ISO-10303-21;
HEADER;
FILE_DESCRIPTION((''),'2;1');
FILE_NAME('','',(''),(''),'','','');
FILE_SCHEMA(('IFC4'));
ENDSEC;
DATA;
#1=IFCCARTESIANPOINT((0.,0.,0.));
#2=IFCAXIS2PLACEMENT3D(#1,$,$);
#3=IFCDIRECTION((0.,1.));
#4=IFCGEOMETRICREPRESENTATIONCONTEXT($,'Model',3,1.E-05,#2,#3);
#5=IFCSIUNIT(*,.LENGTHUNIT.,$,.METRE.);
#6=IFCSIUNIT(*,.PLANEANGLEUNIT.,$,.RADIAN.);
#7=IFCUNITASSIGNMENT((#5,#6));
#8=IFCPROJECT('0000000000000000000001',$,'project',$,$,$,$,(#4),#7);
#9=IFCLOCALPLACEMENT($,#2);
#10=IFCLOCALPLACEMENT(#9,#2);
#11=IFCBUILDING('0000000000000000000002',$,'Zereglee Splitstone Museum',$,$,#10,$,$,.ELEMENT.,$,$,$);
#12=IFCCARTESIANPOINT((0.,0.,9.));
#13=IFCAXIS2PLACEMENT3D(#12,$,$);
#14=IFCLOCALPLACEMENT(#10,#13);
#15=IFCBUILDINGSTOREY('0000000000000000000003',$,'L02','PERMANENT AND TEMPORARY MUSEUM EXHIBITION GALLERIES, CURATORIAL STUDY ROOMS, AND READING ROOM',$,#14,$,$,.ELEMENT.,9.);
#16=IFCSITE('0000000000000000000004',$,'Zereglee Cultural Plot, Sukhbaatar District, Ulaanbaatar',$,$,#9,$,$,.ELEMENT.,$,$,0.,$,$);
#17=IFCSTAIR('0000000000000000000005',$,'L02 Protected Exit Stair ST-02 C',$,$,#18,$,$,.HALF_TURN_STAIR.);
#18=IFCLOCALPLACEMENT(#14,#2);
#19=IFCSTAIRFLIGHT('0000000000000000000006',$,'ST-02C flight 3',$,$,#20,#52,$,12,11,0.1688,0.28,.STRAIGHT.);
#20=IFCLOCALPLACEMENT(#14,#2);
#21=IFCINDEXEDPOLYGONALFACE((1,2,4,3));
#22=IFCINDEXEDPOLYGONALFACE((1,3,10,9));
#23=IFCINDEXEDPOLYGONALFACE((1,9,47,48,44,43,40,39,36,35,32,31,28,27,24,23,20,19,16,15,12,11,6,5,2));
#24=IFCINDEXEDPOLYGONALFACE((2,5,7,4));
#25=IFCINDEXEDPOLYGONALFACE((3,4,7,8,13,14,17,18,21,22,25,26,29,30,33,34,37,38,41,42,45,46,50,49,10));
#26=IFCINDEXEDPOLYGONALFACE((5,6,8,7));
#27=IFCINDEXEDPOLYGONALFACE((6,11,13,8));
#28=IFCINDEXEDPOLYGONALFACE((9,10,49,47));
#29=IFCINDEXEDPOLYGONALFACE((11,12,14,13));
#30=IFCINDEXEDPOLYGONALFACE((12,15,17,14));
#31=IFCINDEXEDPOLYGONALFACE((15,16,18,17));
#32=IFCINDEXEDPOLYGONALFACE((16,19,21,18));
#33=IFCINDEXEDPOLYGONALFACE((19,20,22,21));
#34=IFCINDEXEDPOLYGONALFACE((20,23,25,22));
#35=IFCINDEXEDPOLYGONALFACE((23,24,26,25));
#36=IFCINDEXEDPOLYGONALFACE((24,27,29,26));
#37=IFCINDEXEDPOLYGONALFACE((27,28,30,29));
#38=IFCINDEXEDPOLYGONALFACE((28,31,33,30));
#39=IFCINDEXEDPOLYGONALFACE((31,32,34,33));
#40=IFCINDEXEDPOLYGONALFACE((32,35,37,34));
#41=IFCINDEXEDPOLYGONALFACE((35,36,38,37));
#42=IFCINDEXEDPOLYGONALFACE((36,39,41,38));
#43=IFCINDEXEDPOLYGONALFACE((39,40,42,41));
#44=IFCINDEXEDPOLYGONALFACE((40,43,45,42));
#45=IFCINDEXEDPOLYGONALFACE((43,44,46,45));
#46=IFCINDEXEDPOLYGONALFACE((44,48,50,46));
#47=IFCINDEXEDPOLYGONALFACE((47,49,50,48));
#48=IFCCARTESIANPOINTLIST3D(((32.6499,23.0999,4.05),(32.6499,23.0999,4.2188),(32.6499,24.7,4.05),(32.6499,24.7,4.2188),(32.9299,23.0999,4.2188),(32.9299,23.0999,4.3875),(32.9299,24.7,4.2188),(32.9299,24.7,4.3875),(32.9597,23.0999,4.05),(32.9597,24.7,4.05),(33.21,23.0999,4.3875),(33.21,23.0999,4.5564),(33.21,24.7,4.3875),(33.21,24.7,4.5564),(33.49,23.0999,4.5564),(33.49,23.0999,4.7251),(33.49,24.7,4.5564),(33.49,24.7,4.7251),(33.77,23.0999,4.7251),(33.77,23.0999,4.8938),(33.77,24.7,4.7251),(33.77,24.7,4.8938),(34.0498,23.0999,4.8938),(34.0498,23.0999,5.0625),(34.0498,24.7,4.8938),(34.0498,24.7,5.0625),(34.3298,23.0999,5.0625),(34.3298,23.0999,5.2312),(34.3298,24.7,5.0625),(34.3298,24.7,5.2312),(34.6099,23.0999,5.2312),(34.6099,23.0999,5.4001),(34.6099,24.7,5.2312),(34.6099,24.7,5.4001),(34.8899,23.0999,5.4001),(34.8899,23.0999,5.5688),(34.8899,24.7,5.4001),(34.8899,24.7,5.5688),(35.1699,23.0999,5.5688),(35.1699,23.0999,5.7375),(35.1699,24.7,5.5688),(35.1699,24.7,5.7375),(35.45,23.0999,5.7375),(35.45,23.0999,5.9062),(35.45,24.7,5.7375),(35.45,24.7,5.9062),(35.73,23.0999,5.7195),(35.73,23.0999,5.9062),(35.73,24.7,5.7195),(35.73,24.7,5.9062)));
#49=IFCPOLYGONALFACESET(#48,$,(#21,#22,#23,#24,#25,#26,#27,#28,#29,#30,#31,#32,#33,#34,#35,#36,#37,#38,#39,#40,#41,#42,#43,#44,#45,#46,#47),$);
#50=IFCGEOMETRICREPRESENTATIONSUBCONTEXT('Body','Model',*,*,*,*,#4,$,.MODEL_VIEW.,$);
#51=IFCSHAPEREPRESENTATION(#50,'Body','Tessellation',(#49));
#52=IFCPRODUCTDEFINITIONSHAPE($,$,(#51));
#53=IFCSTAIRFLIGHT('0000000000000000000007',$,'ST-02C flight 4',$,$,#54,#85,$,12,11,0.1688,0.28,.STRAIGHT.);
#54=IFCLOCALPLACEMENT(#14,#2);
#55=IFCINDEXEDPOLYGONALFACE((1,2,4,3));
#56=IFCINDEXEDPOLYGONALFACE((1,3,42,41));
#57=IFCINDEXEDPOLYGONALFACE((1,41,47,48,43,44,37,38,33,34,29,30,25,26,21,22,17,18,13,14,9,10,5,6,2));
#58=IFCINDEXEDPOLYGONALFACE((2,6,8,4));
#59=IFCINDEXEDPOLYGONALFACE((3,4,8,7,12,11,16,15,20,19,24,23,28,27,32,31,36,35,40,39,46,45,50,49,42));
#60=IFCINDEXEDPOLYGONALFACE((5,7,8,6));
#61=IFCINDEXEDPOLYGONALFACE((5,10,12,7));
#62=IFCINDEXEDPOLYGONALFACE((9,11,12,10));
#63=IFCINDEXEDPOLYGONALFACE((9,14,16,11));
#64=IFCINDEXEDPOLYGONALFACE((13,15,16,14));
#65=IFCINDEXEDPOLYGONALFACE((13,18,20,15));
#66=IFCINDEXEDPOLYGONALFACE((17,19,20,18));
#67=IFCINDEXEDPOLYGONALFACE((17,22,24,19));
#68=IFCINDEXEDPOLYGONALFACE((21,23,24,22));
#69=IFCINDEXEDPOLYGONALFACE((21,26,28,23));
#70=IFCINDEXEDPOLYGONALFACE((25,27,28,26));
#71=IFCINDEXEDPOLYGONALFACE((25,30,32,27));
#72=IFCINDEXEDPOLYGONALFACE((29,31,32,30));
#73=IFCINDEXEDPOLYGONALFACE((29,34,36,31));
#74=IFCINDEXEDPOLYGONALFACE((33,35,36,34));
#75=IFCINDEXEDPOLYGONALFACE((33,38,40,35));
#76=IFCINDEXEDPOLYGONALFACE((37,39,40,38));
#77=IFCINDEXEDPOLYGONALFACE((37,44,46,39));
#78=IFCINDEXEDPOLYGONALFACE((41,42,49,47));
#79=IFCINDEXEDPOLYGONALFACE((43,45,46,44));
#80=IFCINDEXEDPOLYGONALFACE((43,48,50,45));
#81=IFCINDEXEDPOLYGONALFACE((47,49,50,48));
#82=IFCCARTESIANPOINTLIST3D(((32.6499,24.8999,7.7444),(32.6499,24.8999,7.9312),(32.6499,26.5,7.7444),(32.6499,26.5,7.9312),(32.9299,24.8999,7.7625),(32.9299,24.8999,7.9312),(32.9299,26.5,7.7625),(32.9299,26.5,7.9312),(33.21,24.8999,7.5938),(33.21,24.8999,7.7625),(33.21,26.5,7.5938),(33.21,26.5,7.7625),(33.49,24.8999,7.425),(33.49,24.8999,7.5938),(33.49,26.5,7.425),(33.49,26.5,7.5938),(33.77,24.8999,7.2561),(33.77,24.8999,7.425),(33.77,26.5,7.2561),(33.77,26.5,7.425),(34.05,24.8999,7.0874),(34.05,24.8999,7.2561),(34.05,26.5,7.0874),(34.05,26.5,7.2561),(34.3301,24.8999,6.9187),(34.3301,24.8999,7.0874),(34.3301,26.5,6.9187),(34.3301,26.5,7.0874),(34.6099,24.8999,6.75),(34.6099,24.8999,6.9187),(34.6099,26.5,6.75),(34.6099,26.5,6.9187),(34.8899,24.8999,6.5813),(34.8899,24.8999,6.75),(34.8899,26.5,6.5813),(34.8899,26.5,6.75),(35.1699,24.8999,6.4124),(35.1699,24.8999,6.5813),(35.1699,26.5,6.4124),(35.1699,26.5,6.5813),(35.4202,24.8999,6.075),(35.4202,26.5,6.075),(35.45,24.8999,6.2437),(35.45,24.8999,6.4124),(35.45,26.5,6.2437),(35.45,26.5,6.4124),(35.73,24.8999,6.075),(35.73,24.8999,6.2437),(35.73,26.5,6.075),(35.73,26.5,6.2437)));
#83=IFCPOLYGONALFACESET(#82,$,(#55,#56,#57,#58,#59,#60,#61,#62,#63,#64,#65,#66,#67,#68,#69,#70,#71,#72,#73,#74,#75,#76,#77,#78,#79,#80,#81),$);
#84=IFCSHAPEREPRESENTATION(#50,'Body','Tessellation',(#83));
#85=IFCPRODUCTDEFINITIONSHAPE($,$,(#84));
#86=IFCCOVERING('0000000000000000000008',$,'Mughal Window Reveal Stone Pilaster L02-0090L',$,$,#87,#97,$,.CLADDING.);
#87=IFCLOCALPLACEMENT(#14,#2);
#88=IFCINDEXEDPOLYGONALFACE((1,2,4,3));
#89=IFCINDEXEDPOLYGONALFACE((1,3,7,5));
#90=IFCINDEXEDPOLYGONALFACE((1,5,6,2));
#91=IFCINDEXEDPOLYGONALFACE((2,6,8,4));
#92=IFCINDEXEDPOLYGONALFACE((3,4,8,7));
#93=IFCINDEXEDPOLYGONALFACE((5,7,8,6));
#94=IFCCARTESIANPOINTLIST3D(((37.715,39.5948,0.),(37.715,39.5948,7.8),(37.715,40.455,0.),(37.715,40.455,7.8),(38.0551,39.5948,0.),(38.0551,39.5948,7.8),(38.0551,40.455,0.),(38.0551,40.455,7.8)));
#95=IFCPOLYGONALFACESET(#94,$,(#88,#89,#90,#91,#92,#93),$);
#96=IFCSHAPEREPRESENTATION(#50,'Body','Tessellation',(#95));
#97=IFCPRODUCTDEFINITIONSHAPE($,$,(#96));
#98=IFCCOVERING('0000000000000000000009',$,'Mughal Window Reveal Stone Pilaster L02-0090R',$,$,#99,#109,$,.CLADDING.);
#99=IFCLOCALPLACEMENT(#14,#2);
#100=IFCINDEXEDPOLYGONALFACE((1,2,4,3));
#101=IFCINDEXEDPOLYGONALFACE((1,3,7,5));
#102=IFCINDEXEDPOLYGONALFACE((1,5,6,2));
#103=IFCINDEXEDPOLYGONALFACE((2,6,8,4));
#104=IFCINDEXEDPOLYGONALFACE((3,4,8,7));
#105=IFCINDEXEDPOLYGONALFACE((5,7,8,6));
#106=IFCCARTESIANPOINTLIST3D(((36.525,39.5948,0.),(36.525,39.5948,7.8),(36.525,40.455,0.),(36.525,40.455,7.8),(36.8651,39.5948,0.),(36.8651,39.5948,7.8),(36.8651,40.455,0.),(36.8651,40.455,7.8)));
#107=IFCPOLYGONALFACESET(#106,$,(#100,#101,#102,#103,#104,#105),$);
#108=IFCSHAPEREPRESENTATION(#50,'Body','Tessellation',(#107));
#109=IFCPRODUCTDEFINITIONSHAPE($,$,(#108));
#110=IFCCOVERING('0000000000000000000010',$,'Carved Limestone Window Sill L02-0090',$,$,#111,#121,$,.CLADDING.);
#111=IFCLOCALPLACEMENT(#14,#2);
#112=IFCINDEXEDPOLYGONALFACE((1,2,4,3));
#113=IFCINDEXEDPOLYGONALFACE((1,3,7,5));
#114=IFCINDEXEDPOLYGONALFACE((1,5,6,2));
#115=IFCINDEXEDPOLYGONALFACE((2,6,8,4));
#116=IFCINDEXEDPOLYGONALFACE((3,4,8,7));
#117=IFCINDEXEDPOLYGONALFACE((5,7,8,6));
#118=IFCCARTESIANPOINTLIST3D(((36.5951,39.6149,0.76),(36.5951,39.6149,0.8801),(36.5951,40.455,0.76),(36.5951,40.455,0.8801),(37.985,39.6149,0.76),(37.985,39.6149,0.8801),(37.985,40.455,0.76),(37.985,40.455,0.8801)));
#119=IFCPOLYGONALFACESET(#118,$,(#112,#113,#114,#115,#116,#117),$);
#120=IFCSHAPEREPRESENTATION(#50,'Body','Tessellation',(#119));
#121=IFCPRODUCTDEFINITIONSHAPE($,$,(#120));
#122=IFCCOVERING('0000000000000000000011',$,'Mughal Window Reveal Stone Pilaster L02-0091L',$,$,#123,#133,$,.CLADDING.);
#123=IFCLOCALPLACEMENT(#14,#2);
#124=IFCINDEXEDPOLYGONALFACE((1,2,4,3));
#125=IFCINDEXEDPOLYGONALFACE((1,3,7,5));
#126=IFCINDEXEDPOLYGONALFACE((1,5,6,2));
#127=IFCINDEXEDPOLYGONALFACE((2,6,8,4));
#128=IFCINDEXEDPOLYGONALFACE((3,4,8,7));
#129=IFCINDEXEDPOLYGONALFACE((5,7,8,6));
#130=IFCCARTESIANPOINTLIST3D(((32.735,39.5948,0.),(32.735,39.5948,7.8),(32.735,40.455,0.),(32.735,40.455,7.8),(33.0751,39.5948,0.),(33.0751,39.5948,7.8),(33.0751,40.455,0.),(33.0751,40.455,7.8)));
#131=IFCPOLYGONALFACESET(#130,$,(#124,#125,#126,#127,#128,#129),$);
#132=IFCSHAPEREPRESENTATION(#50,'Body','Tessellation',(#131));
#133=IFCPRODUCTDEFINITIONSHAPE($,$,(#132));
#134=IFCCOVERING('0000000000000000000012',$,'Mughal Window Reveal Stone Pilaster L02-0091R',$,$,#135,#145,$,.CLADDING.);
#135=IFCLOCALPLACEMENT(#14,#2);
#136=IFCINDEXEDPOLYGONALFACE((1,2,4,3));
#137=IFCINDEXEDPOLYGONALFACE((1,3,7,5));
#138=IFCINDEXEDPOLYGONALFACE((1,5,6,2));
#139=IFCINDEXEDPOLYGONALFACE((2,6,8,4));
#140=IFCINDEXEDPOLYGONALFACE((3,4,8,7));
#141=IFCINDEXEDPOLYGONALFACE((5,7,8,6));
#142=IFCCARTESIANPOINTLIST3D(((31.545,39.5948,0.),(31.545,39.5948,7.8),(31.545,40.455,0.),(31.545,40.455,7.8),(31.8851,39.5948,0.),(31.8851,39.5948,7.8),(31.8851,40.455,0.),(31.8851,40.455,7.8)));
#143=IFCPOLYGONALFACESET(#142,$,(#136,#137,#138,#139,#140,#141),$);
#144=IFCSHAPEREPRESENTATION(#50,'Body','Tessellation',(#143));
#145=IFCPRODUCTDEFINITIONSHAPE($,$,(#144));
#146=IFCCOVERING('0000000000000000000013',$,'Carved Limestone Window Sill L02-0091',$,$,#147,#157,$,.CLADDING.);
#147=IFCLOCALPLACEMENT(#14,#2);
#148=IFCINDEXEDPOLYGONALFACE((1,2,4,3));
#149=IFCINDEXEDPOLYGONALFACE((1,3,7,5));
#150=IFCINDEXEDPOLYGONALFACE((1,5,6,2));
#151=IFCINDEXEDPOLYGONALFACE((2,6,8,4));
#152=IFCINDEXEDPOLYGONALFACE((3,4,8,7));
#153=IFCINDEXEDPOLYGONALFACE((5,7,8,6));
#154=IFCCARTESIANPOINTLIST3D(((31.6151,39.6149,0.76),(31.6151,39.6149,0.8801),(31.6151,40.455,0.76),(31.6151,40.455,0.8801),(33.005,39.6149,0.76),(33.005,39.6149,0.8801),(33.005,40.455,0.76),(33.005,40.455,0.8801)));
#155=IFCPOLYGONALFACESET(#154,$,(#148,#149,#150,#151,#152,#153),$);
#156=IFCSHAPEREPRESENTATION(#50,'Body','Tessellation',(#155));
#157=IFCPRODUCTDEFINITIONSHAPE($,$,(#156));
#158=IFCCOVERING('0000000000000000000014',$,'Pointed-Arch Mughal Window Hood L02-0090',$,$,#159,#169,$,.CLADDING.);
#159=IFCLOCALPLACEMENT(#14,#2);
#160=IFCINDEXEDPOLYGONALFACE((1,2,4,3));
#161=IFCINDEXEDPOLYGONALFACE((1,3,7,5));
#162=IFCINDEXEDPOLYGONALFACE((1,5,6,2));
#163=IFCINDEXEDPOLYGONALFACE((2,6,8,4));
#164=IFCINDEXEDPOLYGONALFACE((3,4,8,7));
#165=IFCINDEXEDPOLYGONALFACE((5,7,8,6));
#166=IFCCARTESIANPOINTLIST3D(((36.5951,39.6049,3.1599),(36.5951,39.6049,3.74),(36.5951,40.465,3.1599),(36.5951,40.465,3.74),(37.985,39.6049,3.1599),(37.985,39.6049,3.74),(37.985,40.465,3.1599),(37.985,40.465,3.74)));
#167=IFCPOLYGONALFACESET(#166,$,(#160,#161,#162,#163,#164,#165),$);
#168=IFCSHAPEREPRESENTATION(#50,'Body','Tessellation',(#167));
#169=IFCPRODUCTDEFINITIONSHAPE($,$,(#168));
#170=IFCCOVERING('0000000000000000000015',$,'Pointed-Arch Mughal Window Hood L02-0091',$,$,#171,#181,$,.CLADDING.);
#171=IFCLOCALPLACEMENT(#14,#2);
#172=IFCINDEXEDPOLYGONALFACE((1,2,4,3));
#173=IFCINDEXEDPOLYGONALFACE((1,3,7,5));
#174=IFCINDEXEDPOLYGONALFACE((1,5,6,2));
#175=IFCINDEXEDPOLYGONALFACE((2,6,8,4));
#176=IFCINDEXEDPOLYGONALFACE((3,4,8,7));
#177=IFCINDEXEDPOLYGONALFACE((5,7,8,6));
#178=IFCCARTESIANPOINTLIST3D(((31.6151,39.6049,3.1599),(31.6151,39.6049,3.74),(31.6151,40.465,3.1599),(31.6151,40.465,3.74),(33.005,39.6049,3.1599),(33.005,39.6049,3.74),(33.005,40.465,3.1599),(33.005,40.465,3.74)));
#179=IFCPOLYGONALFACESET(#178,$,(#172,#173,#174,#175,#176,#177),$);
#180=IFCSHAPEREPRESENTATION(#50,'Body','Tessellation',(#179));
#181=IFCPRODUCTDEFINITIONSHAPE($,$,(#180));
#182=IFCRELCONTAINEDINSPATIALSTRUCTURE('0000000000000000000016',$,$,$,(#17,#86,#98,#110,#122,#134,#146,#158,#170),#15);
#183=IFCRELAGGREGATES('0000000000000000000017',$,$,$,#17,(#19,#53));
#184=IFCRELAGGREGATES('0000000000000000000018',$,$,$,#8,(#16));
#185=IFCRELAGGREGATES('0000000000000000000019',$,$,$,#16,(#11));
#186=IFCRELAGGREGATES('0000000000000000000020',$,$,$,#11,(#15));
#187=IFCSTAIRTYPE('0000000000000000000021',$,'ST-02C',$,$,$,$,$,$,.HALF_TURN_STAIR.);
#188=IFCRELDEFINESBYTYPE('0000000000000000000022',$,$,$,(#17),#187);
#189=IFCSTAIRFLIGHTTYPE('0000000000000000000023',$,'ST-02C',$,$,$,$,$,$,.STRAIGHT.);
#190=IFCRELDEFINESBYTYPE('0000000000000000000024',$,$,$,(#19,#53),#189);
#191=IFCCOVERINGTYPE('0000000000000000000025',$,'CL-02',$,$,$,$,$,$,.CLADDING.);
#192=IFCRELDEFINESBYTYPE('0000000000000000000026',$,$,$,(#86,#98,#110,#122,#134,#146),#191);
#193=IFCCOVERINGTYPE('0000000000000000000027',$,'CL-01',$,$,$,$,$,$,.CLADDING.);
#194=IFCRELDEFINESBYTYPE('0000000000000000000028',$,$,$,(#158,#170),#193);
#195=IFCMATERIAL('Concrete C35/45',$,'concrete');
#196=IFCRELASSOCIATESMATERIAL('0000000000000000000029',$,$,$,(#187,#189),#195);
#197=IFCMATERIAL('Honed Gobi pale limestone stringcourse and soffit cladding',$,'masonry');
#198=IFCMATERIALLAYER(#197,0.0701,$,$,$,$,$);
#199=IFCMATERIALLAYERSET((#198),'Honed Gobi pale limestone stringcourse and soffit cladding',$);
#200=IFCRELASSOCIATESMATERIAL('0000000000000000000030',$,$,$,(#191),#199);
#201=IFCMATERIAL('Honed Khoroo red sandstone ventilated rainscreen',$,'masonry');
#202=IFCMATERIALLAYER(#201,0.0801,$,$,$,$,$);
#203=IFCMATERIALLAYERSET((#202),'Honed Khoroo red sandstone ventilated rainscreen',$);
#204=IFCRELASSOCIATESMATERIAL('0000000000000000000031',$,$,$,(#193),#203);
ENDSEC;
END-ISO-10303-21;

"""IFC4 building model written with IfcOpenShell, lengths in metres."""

from ifc_helpers import new_model, si_unit, direction, frame, origin, origin_2d, place, context, subcontext, project, spatial, polyline, rectangle, outline, extrude, material, layer, layer_set, type_object, element, aggregate, save


model = new_model("IFC4")

# Units and contexts
model_context = context("Model", 3, precision=1e-05, world=origin(), true_north=direction((0.0, 1.0)))
body_context = subcontext(model_context, "Body", "Model", "MODEL_VIEW")
ifc_project = project(units=[si_unit("LENGTHUNIT", "METRE"), si_unit("PLANEANGLEUNIT", "RADIAN")], contexts=[model_context])

# Site, building, storey
site_placement = place(None, origin())
site = spatial("IfcSite", under=ifc_project, at=site_placement, Name="Zereglee Cultural Plot, Sukhbaatar District, Ulaanbaatar", CompositionType="ELEMENT", RefElevation=0.0)
building_placement = place(site_placement, origin())
building = spatial("IfcBuilding", under=site, at=building_placement, Name="Zereglee Splitstone Museum", CompositionType="ELEMENT")
storey_placement = place(building_placement, frame((0.0, 0.0, 9.0)))
storey = spatial("IfcBuildingStorey", under=building, at=storey_placement, Name="L02", Description="PERMANENT AND TEMPORARY MUSEUM EXHIBITION GALLERIES, CURATORIAL STUDY ROOMS, AND READING ROOM", CompositionType="ELEMENT", Elevation=9.0)

# Stair, stair flights
ifc_material_1 = material(Name="Concrete C35/45", Category="concrete")
stair_type = type_object("IfcStairType", Name="ST-02C", PredefinedType="HALF_TURN_STAIR", material=ifc_material_1)
stair_placement = place(storey_placement, origin())
stair = element("IfcStair", 1, at=stair_placement, inside=storey, type_object=stair_type, Name="L02 Protected Exit Stair ST-02 C", PredefinedType="HALF_TURN_STAIR")
stair_flight_type = type_object("IfcStairFlightType", Name="ST-02C", PredefinedType="STRAIGHT", material=ifc_material_1)
stair_flight_1_placement = place(storey_placement, frame((32.6499, 23.8999, 4.05), z_axis=(0.0, 0.0, 1.0), x_axis=(1.0, 0.0, 0.0)))
stair_flight_1 = element("IfcStairFlight", 2, at=stair_flight_1_placement, type_object=stair_flight_type, Name="ST-02C flight 3", NumberOfRisers=12, NumberOfTreads=11, PredefinedType="STRAIGHT", RiserHeight=0.1688, TreadLength=0.28, context=body_context, shape_type="SweptSolid", body=[
    extrude(outline(polyline([(0.0, 0.0), (0.0, 0.1687), (0.28, 0.1687), (0.28, 0.3374), (0.5601, 0.3374), (0.5601, 0.5063), (0.8401, 0.5063), (0.8401, 0.675), (1.1201, 0.675), (1.1201, 0.8438), (1.3999, 0.8438), (1.3999, 1.0125), (1.6799, 1.0125), (1.6799, 1.1812), (1.96, 1.1812), (1.96, 1.3501), (2.24, 1.3501), (2.24, 1.5188), (2.52, 1.5188), (2.52, 1.6875), (2.8, 1.6875), (2.8, 1.8562), (3.0801, 1.8562), (3.0801, 2.0249), (3.0801, 1.6694), (0.3098, 0.0), (0.0, 0.0)])), frame((0.0, 0.8, 0.0), z_axis=(0.0, -1.0, 0.0), x_axis=(1.0, 0.0, 0.0)), (0.0, 0.0, 1.0), 1.6001),
])
stair_flight_2_placement = place(storey_placement, frame((35.73, 25.7, 6.075), z_axis=(0.0, 0.0, 1.0), x_axis=(-1.0, 0.0, 0.0)))
stair_flight_2 = element("IfcStairFlight", 3, at=stair_flight_2_placement, type_object=stair_flight_type, Name="ST-02C flight 4", NumberOfRisers=12, NumberOfTreads=11, PredefinedType="STRAIGHT", RiserHeight=0.1688, TreadLength=0.28, context=body_context, shape_type="SweptSolid", body=[
    extrude(outline(polyline([(0.0, 0.0), (0.0, 0.1687), (0.28, 0.1687), (0.28, 0.3374), (0.5601, 0.3374), (0.5601, 0.5063), (0.8401, 0.5063), (0.8401, 0.675), (1.1201, 0.675), (1.1201, 0.8438), (1.3999, 0.8438), (1.3999, 1.0125), (1.6799, 1.0125), (1.6799, 1.1812), (1.96, 1.1812), (1.96, 1.3501), (2.24, 1.3501), (2.24, 1.5188), (2.52, 1.5188), (2.52, 1.6875), (2.8, 1.6875), (2.8, 1.8562), (3.0801, 1.8562), (3.0801, 2.0249), (3.0801, 1.6694), (0.3098, 0.0), (0.0, 0.0)])), frame((0.0, 0.8, 0.0), z_axis=(0.0, -1.0, 0.0), x_axis=(1.0, 0.0, 0.0)), (0.0, 0.0, 1.0), 1.6001),
])
aggregate(stair, [stair_flight_1, stair_flight_2])

# Coverings
ifc_material_2 = material(Name="Honed Gobi pale limestone stringcourse and soffit cladding", Category="masonry")
ifc_layer_1 = layer(ifc_material_2, 0.0701)
ifc_layer_set_1 = layer_set([ifc_layer_1], Name="Honed Gobi pale limestone stringcourse and soffit cladding")
covering_type_1 = type_object("IfcCoveringType", Name="CL-02", PredefinedType="CLADDING", material=ifc_layer_set_1)
for number, where, z_axis, x_axis, name in (
    (4, (37.885, 40.0249, 0.0), (0.0, 0.0, 1.0), (-1.0, 0.0, 0.0), "Mughal Window Reveal Stone Pilaster L02-0090L"),
    (5, (36.6951, 40.0249, 0.0), (0.0, 0.0, 1.0), (-1.0, 0.0, 0.0), "Mughal Window Reveal Stone Pilaster L02-0090R"),
):
    element("IfcCovering", number, at=place(storey_placement, frame(where, z_axis=z_axis, x_axis=x_axis)), inside=storey, type_object=covering_type_1, Name=name, PredefinedType="CLADDING", context=body_context, shape_type="SweptSolid", body=[
        extrude(rectangle(XDim=0.3401, YDim=0.8601, at=origin_2d()), origin(), (0.0, 0.0, 1.0), 7.8),
    ])
covering_1_placement = place(storey_placement, frame((37.29, 40.0349, 0.76), z_axis=(0.0, 0.0, 1.0), x_axis=(-1.0, 0.0, 0.0)))
element("IfcCovering", 6, at=covering_1_placement, inside=storey, type_object=covering_type_1, Name="Carved Limestone Window Sill L02-0090", PredefinedType="CLADDING", context=body_context, shape_type="SweptSolid", body=[
    extrude(rectangle(XDim=1.3899, YDim=0.8401, at=origin_2d()), origin(), (0.0, 0.0, 1.0), 0.1201),
])
for number, where, z_axis, x_axis, name in (
    (7, (32.905, 40.0249, 0.0), (0.0, 0.0, 1.0), (-1.0, 0.0, 0.0), "Mughal Window Reveal Stone Pilaster L02-0091L"),
    (8, (31.7151, 40.0249, 0.0), (0.0, 0.0, 1.0), (-1.0, 0.0, 0.0), "Mughal Window Reveal Stone Pilaster L02-0091R"),
):
    element("IfcCovering", number, at=place(storey_placement, frame(where, z_axis=z_axis, x_axis=x_axis)), inside=storey, type_object=covering_type_1, Name=name, PredefinedType="CLADDING", context=body_context, shape_type="SweptSolid", body=[
        extrude(rectangle(XDim=0.3401, YDim=0.8601, at=origin_2d()), origin(), (0.0, 0.0, 1.0), 7.8),
    ])
covering_2_placement = place(storey_placement, frame((32.3101, 40.0349, 0.76), z_axis=(0.0, 0.0, 1.0), x_axis=(-1.0, 0.0, 0.0)))
element("IfcCovering", 9, at=covering_2_placement, inside=storey, type_object=covering_type_1, Name="Carved Limestone Window Sill L02-0091", PredefinedType="CLADDING", context=body_context, shape_type="SweptSolid", body=[
    extrude(rectangle(XDim=1.3899, YDim=0.8401, at=origin_2d()), origin(), (0.0, 0.0, 1.0), 0.1201),
])
ifc_material_3 = material(Name="Honed Khoroo red sandstone ventilated rainscreen", Category="masonry")
ifc_layer_2 = layer(ifc_material_3, 0.0801)
ifc_layer_set_2 = layer_set([ifc_layer_2], Name="Honed Khoroo red sandstone ventilated rainscreen")
covering_type_2 = type_object("IfcCoveringType", Name="CL-01", PredefinedType="CLADDING", material=ifc_layer_set_2)
for number, where, z_axis, x_axis, name in (
    (10, (37.29, 40.0349, 3.1599), (0.0, 0.0, 1.0), (-1.0, 0.0, 0.0), "Pointed-Arch Mughal Window Hood L02-0090"),
    (11, (32.3101, 40.0349, 3.1599), (0.0, 0.0, 1.0), (-1.0, 0.0, 0.0), "Pointed-Arch Mughal Window Hood L02-0091"),
):
    element("IfcCovering", number, at=place(storey_placement, frame(where, z_axis=z_axis, x_axis=x_axis)), inside=storey, type_object=covering_type_2, Name=name, PredefinedType="CLADDING", context=body_context, shape_type="SweptSolid", body=[
        extrude(rectangle(XDim=1.3899, YDim=0.8601, at=origin_2d()), origin(), (0.0, 0.0, 1.0), 0.5801),
    ])

save(model, "model.ifc")
